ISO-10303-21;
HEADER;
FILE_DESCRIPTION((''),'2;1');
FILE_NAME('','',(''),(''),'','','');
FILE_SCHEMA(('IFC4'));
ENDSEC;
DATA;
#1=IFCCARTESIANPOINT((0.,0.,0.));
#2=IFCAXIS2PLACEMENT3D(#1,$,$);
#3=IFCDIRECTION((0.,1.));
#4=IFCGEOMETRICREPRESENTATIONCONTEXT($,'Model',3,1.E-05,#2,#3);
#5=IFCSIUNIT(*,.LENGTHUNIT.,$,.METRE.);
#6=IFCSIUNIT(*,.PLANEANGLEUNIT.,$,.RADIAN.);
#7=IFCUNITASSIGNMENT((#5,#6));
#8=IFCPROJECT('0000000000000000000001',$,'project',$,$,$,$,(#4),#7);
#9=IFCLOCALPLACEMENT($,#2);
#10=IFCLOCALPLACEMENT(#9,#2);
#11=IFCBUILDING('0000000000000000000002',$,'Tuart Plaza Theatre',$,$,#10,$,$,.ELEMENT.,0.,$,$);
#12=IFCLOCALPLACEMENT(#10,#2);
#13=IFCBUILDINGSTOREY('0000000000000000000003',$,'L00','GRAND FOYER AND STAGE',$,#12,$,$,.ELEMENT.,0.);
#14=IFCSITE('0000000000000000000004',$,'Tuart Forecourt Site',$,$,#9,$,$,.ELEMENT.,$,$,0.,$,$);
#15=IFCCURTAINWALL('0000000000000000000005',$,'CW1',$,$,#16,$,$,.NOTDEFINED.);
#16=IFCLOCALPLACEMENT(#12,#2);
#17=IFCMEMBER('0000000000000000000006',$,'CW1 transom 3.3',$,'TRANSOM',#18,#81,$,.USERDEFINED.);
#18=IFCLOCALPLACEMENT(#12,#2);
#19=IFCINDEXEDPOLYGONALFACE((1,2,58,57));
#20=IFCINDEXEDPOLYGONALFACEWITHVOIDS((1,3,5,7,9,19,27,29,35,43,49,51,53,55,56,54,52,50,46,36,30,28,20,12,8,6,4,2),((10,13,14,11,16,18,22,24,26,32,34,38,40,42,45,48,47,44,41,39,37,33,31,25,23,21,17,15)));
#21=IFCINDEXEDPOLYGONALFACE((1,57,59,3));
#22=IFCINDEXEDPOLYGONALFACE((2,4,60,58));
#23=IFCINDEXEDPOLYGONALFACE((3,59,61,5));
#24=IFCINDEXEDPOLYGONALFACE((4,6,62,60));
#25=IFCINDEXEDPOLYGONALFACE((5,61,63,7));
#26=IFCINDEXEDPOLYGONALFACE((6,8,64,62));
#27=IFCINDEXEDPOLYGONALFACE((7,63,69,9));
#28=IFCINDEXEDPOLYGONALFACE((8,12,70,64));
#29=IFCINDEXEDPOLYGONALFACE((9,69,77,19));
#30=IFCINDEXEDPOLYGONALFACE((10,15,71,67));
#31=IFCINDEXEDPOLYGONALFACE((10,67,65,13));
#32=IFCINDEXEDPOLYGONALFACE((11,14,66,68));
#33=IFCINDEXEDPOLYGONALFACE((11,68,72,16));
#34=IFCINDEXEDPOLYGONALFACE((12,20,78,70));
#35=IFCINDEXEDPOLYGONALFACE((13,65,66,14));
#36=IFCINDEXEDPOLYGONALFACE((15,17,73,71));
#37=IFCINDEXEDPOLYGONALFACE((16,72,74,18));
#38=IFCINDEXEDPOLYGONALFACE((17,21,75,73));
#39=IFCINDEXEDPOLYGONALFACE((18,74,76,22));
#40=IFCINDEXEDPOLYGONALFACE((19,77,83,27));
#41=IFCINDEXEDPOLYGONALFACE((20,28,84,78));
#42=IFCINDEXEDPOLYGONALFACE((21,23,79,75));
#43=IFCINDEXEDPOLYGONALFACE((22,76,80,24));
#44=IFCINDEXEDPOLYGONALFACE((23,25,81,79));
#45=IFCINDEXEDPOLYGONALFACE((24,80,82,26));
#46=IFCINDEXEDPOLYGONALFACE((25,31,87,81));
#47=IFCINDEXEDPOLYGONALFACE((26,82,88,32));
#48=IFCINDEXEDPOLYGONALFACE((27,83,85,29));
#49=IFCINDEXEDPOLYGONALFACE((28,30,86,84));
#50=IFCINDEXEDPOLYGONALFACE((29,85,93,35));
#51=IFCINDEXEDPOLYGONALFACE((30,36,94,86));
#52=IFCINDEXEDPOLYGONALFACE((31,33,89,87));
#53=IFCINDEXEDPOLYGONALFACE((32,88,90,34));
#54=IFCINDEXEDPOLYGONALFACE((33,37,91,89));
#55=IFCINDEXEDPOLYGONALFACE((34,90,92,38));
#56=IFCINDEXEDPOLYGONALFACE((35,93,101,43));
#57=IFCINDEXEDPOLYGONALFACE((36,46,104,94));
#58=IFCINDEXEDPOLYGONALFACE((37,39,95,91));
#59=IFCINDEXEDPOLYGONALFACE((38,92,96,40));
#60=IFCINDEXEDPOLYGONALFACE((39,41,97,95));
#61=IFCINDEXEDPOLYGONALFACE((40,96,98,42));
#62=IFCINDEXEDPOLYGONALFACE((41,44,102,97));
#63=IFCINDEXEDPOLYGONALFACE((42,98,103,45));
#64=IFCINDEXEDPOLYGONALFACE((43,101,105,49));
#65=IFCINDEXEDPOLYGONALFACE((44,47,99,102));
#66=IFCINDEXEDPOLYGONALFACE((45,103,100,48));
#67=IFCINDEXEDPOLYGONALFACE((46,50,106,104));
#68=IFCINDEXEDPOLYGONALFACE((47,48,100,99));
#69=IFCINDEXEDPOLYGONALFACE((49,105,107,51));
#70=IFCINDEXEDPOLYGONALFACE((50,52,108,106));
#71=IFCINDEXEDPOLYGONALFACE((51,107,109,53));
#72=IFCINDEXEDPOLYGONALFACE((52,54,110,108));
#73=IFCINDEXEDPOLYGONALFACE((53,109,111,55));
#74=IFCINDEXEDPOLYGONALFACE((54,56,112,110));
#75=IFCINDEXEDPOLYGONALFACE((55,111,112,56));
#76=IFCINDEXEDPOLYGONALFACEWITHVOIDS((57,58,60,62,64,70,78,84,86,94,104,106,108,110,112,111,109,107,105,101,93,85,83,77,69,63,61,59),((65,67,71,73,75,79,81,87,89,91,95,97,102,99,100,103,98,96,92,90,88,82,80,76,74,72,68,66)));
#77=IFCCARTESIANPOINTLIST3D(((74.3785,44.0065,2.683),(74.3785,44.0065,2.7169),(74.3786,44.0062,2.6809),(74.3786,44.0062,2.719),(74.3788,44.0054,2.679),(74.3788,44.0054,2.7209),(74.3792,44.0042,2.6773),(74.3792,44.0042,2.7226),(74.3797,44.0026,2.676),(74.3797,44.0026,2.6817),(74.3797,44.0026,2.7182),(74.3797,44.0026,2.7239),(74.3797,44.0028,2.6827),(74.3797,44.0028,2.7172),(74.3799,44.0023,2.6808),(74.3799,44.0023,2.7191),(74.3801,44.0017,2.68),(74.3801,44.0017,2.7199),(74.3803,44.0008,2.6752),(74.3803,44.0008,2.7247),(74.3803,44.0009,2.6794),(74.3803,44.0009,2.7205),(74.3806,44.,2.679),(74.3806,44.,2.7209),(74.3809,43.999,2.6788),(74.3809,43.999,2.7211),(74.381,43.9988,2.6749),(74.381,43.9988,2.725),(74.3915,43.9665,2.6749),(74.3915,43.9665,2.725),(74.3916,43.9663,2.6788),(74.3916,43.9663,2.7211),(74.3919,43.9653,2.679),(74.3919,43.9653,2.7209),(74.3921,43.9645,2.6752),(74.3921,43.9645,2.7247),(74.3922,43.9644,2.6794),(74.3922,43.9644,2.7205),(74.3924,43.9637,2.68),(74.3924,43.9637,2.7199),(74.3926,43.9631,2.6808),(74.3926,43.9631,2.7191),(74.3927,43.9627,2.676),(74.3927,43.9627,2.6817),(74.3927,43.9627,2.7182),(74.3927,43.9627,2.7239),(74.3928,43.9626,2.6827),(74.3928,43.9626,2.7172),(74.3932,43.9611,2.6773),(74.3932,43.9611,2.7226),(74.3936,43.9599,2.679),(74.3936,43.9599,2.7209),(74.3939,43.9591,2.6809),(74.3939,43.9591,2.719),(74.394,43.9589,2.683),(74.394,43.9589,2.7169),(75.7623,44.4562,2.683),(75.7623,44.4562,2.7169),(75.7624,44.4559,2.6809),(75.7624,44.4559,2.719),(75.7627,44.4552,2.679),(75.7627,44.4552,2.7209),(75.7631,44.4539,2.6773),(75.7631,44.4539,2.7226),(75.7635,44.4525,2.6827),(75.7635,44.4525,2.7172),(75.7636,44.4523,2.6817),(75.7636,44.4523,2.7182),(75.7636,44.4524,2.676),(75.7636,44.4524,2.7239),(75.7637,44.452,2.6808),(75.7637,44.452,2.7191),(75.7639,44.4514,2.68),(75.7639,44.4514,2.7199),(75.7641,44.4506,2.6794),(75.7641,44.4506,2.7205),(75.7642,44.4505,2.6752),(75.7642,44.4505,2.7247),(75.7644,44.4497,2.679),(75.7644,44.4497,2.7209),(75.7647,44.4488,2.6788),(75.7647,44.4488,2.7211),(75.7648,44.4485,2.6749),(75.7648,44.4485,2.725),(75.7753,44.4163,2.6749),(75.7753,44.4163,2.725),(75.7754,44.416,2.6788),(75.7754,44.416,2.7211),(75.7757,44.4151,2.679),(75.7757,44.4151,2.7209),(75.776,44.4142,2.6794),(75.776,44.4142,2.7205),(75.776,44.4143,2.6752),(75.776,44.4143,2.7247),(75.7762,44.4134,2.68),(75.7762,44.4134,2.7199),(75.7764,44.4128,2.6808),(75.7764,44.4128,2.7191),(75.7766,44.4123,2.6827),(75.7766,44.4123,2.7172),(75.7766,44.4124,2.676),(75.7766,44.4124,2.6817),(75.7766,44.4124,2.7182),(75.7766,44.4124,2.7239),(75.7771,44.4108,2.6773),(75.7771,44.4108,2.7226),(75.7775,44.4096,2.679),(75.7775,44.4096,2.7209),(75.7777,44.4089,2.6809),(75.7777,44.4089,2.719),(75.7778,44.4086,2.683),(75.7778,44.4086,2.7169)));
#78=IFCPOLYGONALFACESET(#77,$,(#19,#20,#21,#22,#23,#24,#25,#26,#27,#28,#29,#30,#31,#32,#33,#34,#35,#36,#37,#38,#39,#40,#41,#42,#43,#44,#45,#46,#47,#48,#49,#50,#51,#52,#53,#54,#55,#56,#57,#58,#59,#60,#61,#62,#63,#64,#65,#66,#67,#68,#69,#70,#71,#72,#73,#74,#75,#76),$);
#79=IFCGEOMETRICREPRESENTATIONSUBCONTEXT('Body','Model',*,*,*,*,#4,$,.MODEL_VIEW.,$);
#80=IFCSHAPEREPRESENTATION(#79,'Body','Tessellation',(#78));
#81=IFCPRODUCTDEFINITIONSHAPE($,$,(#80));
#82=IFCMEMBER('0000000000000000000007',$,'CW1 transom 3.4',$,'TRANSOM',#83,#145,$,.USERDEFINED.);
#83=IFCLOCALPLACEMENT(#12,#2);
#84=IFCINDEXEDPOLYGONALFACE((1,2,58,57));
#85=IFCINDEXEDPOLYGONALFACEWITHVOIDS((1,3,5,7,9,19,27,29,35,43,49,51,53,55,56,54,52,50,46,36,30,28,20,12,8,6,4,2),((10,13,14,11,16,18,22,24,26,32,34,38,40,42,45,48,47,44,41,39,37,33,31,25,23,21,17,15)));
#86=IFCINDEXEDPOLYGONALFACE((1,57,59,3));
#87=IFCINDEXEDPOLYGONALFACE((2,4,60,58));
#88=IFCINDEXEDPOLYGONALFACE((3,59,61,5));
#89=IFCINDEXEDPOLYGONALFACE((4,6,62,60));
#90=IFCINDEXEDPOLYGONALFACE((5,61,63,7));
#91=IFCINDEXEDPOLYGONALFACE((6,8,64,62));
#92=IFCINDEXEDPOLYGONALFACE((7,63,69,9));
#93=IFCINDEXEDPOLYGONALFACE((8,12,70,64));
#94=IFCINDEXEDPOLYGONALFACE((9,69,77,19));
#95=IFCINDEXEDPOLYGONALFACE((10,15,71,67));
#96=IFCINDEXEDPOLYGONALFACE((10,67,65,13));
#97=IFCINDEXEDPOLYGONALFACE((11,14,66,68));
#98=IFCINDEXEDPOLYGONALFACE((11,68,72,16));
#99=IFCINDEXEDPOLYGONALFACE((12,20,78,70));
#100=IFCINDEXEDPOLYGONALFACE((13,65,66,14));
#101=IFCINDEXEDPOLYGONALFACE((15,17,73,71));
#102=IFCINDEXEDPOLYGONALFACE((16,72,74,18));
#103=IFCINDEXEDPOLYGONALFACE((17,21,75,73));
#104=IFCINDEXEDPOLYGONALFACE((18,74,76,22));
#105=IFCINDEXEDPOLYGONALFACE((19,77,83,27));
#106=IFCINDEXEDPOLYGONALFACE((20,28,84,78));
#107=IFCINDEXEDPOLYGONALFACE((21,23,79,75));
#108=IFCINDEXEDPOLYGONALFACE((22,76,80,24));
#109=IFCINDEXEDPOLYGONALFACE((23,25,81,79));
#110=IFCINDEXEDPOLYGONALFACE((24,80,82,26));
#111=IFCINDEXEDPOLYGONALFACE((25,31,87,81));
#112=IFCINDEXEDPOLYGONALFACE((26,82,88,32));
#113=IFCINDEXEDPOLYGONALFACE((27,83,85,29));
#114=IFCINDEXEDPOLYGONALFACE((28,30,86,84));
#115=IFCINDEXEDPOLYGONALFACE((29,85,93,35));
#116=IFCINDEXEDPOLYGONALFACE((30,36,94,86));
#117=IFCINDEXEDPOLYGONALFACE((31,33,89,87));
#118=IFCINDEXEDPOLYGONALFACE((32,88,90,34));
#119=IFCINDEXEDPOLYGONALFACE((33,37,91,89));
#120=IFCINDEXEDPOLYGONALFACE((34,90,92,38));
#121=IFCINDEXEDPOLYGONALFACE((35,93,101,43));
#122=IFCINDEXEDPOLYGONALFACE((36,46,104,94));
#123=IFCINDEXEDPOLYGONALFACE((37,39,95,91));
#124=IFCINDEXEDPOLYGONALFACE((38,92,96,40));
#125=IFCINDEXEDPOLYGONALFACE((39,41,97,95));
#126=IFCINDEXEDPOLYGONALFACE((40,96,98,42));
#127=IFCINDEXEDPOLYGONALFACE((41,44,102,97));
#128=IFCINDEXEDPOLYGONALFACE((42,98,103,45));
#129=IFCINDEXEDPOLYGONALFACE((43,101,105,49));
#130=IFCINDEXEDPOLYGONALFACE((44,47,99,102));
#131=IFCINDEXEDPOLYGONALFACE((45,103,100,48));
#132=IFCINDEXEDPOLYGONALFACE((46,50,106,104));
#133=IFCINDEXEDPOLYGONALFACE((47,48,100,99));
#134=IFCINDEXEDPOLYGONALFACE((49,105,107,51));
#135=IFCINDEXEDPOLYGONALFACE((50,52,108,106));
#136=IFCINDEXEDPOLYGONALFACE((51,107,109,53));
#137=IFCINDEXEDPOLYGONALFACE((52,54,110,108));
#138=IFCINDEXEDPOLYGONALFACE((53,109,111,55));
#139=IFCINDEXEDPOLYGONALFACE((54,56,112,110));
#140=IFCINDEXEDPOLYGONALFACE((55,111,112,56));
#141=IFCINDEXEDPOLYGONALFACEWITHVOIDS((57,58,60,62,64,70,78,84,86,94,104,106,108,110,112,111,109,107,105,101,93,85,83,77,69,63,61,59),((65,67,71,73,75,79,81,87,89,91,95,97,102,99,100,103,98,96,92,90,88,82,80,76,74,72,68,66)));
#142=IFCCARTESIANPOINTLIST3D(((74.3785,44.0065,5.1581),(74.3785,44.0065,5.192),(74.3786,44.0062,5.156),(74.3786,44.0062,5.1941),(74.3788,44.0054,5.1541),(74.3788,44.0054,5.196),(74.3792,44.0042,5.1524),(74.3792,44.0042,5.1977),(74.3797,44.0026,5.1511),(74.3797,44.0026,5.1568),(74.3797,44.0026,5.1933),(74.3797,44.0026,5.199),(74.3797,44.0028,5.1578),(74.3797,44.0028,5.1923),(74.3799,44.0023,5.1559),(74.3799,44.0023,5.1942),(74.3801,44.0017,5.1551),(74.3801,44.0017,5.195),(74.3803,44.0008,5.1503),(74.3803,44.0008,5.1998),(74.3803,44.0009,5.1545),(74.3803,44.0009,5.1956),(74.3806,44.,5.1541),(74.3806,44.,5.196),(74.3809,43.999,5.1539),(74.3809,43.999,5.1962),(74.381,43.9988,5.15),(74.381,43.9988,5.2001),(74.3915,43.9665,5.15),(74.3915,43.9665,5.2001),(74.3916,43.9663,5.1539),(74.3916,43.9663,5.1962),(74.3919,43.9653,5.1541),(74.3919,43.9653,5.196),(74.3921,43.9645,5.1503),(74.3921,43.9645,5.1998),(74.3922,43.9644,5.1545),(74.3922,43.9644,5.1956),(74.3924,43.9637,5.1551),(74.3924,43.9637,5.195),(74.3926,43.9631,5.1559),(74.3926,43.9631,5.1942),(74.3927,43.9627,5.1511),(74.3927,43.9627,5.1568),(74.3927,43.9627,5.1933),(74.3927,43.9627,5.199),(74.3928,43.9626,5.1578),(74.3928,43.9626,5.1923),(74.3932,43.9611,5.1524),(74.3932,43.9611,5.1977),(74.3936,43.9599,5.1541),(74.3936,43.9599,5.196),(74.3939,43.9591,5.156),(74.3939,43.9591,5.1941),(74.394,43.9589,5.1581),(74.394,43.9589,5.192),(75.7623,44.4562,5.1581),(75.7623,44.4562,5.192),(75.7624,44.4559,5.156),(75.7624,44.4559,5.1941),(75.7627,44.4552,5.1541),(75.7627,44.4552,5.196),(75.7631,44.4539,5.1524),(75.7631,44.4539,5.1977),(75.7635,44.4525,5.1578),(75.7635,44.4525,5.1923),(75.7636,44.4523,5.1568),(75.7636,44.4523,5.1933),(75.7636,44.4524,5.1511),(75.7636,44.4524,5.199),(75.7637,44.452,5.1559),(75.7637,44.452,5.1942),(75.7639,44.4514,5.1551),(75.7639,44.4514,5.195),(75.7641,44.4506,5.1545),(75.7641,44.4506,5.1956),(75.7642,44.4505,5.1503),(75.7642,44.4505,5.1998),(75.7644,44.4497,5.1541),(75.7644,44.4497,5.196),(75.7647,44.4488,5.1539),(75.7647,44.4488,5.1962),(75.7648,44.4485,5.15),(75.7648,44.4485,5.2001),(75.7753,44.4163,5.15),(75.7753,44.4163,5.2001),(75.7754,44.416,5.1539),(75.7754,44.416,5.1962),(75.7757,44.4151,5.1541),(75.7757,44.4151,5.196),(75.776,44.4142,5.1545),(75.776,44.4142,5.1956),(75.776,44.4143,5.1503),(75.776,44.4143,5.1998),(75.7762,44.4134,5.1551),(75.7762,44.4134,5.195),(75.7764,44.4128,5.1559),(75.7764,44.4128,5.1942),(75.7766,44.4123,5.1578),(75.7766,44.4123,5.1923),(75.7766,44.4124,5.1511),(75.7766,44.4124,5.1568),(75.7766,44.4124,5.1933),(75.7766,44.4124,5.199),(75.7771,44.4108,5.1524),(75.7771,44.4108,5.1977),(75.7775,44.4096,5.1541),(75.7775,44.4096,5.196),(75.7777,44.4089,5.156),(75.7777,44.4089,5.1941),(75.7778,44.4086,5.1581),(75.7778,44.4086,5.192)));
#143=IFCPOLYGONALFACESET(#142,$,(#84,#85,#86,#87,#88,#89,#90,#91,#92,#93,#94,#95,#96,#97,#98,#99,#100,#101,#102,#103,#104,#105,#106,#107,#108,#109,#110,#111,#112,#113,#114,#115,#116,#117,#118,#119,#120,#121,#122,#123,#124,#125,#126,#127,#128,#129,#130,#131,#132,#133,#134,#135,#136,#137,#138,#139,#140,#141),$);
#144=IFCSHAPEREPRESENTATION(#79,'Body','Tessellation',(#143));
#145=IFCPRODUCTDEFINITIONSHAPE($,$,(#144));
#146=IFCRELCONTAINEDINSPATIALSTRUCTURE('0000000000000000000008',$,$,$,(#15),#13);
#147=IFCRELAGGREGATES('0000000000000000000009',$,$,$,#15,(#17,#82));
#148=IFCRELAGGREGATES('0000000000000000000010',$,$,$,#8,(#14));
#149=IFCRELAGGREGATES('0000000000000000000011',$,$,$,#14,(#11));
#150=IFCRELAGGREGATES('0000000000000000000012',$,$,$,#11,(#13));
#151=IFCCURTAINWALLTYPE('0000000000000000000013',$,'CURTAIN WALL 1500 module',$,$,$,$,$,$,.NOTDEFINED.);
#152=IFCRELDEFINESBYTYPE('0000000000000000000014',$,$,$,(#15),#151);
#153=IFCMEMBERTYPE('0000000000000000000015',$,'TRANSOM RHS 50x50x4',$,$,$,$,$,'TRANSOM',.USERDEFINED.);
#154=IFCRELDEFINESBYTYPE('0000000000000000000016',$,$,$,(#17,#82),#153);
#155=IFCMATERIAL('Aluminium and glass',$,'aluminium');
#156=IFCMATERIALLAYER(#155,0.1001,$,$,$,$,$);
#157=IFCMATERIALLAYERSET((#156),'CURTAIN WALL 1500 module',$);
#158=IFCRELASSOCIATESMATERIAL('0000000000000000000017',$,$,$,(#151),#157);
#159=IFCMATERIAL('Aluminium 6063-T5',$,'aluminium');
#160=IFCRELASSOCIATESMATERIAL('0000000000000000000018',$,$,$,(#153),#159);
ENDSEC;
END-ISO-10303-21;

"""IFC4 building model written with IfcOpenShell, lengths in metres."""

from ifc_helpers import new_model, si_unit, direction, frame, origin, origin_2d, place, context, subcontext, project, spatial, hollow_rectangle, extrude, material, layer, layer_set, material_profile, profile_set, type_object, element, aggregate, save


model = new_model("IFC4")

# Units and contexts
model_context = context("Model", 3, precision=1e-05, world=origin(), true_north=direction((0.0, 1.0)))
body_context = subcontext(model_context, "Body", "Model", "MODEL_VIEW")
ifc_project = project(units=[si_unit("LENGTHUNIT", "METRE"), si_unit("PLANEANGLEUNIT", "RADIAN")], contexts=[model_context])

# Site, building, storey
site_placement = place(None, origin())
site = spatial("IfcSite", under=ifc_project, at=site_placement, Name="Tuart Forecourt Site", CompositionType="ELEMENT", RefElevation=0.0)
building_placement = place(site_placement, origin())
building = spatial("IfcBuilding", under=site, at=building_placement, Name="Tuart Plaza Theatre", CompositionType="ELEMENT", ElevationOfRefHeight=0.0)
storey_placement = place(building_placement, origin())
storey = spatial("IfcBuildingStorey", under=building, at=storey_placement, Name="L00", Description="GRAND FOYER AND STAGE", CompositionType="ELEMENT", Elevation=0.0)

# Curtain wall
ifc_material_1 = material(Name="Aluminium and glass", Category="aluminium")
ifc_layer_1 = layer(ifc_material_1, 0.1001)
ifc_layer_set_1 = layer_set([ifc_layer_1], Name="CURTAIN WALL 1500 module")
curtain_wall_type = type_object("IfcCurtainWallType", Name="CURTAIN WALL 1500 module", PredefinedType="NOTDEFINED", material=ifc_layer_set_1)
curtain_wall_1_placement = place(storey_placement, origin())
curtain_wall_1 = element("IfcCurtainWall", 1, at=curtain_wall_1_placement, inside=storey, type_object=curtain_wall_type, Name="CW1", PredefinedType="NOTDEFINED")

# Members
ifc_material_2 = material(Name="Aluminium 6063-T5", Category="aluminium")
ifc_material_profile_1 = material_profile(ifc_material_2, hollow_rectangle(XDim=0.05, YDim=0.05, WallThickness=0.0039, InnerFilletRadius=0.0039, OuterFilletRadius=0.0081, at=origin_2d()), Name="RHS 50x50x4")
ifc_profile_set_1 = profile_set([ifc_material_profile_1], Name="Aluminium 6063-T5")
member_type_1 = type_object("IfcMemberType", Name="TRANSOM RHS 50x50x4", ElementType="TRANSOM", PredefinedType="USERDEFINED", material=ifc_profile_set_1)
member_1_placement = place(storey_placement, frame((74.3862, 43.9827, 2.7), z_axis=(0.951039, 0.309071, 0.0), x_axis=(-0.309071, 0.951039, 0.0)))
member_1 = element("IfcMember", 2, at=member_1_placement, type_object=member_type_1, Name="CW1 transom 3.3", ObjectType="TRANSOM", PredefinedType="USERDEFINED", context=body_context, shape_type="SweptSolid", body=[
    extrude(hollow_rectangle(XDim=0.05, YDim=0.05, WallThickness=0.0039, InnerFilletRadius=0.0039, OuterFilletRadius=0.0081, at=origin_2d()), origin(), (0.0, 0.0, 1.0), 1.4551),
])
member_2_placement = place(storey_placement, frame((74.3862, 43.9827, 5.175), z_axis=(0.951039, 0.309071, 0.0), x_axis=(-0.309071, 0.951039, 0.0)))
member_2 = element("IfcMember", 3, at=member_2_placement, type_object=member_type_1, Name="CW1 transom 3.4", ObjectType="TRANSOM", PredefinedType="USERDEFINED", context=body_context, shape_type="SweptSolid", body=[
    extrude(hollow_rectangle(XDim=0.05, YDim=0.05, WallThickness=0.0039, InnerFilletRadius=0.0039, OuterFilletRadius=0.0081, at=origin_2d()), origin(), (0.0, 0.0, 1.0), 1.4551),
])

aggregate(curtain_wall_1, [member_1, member_2])

save(model, "model.ifc")
